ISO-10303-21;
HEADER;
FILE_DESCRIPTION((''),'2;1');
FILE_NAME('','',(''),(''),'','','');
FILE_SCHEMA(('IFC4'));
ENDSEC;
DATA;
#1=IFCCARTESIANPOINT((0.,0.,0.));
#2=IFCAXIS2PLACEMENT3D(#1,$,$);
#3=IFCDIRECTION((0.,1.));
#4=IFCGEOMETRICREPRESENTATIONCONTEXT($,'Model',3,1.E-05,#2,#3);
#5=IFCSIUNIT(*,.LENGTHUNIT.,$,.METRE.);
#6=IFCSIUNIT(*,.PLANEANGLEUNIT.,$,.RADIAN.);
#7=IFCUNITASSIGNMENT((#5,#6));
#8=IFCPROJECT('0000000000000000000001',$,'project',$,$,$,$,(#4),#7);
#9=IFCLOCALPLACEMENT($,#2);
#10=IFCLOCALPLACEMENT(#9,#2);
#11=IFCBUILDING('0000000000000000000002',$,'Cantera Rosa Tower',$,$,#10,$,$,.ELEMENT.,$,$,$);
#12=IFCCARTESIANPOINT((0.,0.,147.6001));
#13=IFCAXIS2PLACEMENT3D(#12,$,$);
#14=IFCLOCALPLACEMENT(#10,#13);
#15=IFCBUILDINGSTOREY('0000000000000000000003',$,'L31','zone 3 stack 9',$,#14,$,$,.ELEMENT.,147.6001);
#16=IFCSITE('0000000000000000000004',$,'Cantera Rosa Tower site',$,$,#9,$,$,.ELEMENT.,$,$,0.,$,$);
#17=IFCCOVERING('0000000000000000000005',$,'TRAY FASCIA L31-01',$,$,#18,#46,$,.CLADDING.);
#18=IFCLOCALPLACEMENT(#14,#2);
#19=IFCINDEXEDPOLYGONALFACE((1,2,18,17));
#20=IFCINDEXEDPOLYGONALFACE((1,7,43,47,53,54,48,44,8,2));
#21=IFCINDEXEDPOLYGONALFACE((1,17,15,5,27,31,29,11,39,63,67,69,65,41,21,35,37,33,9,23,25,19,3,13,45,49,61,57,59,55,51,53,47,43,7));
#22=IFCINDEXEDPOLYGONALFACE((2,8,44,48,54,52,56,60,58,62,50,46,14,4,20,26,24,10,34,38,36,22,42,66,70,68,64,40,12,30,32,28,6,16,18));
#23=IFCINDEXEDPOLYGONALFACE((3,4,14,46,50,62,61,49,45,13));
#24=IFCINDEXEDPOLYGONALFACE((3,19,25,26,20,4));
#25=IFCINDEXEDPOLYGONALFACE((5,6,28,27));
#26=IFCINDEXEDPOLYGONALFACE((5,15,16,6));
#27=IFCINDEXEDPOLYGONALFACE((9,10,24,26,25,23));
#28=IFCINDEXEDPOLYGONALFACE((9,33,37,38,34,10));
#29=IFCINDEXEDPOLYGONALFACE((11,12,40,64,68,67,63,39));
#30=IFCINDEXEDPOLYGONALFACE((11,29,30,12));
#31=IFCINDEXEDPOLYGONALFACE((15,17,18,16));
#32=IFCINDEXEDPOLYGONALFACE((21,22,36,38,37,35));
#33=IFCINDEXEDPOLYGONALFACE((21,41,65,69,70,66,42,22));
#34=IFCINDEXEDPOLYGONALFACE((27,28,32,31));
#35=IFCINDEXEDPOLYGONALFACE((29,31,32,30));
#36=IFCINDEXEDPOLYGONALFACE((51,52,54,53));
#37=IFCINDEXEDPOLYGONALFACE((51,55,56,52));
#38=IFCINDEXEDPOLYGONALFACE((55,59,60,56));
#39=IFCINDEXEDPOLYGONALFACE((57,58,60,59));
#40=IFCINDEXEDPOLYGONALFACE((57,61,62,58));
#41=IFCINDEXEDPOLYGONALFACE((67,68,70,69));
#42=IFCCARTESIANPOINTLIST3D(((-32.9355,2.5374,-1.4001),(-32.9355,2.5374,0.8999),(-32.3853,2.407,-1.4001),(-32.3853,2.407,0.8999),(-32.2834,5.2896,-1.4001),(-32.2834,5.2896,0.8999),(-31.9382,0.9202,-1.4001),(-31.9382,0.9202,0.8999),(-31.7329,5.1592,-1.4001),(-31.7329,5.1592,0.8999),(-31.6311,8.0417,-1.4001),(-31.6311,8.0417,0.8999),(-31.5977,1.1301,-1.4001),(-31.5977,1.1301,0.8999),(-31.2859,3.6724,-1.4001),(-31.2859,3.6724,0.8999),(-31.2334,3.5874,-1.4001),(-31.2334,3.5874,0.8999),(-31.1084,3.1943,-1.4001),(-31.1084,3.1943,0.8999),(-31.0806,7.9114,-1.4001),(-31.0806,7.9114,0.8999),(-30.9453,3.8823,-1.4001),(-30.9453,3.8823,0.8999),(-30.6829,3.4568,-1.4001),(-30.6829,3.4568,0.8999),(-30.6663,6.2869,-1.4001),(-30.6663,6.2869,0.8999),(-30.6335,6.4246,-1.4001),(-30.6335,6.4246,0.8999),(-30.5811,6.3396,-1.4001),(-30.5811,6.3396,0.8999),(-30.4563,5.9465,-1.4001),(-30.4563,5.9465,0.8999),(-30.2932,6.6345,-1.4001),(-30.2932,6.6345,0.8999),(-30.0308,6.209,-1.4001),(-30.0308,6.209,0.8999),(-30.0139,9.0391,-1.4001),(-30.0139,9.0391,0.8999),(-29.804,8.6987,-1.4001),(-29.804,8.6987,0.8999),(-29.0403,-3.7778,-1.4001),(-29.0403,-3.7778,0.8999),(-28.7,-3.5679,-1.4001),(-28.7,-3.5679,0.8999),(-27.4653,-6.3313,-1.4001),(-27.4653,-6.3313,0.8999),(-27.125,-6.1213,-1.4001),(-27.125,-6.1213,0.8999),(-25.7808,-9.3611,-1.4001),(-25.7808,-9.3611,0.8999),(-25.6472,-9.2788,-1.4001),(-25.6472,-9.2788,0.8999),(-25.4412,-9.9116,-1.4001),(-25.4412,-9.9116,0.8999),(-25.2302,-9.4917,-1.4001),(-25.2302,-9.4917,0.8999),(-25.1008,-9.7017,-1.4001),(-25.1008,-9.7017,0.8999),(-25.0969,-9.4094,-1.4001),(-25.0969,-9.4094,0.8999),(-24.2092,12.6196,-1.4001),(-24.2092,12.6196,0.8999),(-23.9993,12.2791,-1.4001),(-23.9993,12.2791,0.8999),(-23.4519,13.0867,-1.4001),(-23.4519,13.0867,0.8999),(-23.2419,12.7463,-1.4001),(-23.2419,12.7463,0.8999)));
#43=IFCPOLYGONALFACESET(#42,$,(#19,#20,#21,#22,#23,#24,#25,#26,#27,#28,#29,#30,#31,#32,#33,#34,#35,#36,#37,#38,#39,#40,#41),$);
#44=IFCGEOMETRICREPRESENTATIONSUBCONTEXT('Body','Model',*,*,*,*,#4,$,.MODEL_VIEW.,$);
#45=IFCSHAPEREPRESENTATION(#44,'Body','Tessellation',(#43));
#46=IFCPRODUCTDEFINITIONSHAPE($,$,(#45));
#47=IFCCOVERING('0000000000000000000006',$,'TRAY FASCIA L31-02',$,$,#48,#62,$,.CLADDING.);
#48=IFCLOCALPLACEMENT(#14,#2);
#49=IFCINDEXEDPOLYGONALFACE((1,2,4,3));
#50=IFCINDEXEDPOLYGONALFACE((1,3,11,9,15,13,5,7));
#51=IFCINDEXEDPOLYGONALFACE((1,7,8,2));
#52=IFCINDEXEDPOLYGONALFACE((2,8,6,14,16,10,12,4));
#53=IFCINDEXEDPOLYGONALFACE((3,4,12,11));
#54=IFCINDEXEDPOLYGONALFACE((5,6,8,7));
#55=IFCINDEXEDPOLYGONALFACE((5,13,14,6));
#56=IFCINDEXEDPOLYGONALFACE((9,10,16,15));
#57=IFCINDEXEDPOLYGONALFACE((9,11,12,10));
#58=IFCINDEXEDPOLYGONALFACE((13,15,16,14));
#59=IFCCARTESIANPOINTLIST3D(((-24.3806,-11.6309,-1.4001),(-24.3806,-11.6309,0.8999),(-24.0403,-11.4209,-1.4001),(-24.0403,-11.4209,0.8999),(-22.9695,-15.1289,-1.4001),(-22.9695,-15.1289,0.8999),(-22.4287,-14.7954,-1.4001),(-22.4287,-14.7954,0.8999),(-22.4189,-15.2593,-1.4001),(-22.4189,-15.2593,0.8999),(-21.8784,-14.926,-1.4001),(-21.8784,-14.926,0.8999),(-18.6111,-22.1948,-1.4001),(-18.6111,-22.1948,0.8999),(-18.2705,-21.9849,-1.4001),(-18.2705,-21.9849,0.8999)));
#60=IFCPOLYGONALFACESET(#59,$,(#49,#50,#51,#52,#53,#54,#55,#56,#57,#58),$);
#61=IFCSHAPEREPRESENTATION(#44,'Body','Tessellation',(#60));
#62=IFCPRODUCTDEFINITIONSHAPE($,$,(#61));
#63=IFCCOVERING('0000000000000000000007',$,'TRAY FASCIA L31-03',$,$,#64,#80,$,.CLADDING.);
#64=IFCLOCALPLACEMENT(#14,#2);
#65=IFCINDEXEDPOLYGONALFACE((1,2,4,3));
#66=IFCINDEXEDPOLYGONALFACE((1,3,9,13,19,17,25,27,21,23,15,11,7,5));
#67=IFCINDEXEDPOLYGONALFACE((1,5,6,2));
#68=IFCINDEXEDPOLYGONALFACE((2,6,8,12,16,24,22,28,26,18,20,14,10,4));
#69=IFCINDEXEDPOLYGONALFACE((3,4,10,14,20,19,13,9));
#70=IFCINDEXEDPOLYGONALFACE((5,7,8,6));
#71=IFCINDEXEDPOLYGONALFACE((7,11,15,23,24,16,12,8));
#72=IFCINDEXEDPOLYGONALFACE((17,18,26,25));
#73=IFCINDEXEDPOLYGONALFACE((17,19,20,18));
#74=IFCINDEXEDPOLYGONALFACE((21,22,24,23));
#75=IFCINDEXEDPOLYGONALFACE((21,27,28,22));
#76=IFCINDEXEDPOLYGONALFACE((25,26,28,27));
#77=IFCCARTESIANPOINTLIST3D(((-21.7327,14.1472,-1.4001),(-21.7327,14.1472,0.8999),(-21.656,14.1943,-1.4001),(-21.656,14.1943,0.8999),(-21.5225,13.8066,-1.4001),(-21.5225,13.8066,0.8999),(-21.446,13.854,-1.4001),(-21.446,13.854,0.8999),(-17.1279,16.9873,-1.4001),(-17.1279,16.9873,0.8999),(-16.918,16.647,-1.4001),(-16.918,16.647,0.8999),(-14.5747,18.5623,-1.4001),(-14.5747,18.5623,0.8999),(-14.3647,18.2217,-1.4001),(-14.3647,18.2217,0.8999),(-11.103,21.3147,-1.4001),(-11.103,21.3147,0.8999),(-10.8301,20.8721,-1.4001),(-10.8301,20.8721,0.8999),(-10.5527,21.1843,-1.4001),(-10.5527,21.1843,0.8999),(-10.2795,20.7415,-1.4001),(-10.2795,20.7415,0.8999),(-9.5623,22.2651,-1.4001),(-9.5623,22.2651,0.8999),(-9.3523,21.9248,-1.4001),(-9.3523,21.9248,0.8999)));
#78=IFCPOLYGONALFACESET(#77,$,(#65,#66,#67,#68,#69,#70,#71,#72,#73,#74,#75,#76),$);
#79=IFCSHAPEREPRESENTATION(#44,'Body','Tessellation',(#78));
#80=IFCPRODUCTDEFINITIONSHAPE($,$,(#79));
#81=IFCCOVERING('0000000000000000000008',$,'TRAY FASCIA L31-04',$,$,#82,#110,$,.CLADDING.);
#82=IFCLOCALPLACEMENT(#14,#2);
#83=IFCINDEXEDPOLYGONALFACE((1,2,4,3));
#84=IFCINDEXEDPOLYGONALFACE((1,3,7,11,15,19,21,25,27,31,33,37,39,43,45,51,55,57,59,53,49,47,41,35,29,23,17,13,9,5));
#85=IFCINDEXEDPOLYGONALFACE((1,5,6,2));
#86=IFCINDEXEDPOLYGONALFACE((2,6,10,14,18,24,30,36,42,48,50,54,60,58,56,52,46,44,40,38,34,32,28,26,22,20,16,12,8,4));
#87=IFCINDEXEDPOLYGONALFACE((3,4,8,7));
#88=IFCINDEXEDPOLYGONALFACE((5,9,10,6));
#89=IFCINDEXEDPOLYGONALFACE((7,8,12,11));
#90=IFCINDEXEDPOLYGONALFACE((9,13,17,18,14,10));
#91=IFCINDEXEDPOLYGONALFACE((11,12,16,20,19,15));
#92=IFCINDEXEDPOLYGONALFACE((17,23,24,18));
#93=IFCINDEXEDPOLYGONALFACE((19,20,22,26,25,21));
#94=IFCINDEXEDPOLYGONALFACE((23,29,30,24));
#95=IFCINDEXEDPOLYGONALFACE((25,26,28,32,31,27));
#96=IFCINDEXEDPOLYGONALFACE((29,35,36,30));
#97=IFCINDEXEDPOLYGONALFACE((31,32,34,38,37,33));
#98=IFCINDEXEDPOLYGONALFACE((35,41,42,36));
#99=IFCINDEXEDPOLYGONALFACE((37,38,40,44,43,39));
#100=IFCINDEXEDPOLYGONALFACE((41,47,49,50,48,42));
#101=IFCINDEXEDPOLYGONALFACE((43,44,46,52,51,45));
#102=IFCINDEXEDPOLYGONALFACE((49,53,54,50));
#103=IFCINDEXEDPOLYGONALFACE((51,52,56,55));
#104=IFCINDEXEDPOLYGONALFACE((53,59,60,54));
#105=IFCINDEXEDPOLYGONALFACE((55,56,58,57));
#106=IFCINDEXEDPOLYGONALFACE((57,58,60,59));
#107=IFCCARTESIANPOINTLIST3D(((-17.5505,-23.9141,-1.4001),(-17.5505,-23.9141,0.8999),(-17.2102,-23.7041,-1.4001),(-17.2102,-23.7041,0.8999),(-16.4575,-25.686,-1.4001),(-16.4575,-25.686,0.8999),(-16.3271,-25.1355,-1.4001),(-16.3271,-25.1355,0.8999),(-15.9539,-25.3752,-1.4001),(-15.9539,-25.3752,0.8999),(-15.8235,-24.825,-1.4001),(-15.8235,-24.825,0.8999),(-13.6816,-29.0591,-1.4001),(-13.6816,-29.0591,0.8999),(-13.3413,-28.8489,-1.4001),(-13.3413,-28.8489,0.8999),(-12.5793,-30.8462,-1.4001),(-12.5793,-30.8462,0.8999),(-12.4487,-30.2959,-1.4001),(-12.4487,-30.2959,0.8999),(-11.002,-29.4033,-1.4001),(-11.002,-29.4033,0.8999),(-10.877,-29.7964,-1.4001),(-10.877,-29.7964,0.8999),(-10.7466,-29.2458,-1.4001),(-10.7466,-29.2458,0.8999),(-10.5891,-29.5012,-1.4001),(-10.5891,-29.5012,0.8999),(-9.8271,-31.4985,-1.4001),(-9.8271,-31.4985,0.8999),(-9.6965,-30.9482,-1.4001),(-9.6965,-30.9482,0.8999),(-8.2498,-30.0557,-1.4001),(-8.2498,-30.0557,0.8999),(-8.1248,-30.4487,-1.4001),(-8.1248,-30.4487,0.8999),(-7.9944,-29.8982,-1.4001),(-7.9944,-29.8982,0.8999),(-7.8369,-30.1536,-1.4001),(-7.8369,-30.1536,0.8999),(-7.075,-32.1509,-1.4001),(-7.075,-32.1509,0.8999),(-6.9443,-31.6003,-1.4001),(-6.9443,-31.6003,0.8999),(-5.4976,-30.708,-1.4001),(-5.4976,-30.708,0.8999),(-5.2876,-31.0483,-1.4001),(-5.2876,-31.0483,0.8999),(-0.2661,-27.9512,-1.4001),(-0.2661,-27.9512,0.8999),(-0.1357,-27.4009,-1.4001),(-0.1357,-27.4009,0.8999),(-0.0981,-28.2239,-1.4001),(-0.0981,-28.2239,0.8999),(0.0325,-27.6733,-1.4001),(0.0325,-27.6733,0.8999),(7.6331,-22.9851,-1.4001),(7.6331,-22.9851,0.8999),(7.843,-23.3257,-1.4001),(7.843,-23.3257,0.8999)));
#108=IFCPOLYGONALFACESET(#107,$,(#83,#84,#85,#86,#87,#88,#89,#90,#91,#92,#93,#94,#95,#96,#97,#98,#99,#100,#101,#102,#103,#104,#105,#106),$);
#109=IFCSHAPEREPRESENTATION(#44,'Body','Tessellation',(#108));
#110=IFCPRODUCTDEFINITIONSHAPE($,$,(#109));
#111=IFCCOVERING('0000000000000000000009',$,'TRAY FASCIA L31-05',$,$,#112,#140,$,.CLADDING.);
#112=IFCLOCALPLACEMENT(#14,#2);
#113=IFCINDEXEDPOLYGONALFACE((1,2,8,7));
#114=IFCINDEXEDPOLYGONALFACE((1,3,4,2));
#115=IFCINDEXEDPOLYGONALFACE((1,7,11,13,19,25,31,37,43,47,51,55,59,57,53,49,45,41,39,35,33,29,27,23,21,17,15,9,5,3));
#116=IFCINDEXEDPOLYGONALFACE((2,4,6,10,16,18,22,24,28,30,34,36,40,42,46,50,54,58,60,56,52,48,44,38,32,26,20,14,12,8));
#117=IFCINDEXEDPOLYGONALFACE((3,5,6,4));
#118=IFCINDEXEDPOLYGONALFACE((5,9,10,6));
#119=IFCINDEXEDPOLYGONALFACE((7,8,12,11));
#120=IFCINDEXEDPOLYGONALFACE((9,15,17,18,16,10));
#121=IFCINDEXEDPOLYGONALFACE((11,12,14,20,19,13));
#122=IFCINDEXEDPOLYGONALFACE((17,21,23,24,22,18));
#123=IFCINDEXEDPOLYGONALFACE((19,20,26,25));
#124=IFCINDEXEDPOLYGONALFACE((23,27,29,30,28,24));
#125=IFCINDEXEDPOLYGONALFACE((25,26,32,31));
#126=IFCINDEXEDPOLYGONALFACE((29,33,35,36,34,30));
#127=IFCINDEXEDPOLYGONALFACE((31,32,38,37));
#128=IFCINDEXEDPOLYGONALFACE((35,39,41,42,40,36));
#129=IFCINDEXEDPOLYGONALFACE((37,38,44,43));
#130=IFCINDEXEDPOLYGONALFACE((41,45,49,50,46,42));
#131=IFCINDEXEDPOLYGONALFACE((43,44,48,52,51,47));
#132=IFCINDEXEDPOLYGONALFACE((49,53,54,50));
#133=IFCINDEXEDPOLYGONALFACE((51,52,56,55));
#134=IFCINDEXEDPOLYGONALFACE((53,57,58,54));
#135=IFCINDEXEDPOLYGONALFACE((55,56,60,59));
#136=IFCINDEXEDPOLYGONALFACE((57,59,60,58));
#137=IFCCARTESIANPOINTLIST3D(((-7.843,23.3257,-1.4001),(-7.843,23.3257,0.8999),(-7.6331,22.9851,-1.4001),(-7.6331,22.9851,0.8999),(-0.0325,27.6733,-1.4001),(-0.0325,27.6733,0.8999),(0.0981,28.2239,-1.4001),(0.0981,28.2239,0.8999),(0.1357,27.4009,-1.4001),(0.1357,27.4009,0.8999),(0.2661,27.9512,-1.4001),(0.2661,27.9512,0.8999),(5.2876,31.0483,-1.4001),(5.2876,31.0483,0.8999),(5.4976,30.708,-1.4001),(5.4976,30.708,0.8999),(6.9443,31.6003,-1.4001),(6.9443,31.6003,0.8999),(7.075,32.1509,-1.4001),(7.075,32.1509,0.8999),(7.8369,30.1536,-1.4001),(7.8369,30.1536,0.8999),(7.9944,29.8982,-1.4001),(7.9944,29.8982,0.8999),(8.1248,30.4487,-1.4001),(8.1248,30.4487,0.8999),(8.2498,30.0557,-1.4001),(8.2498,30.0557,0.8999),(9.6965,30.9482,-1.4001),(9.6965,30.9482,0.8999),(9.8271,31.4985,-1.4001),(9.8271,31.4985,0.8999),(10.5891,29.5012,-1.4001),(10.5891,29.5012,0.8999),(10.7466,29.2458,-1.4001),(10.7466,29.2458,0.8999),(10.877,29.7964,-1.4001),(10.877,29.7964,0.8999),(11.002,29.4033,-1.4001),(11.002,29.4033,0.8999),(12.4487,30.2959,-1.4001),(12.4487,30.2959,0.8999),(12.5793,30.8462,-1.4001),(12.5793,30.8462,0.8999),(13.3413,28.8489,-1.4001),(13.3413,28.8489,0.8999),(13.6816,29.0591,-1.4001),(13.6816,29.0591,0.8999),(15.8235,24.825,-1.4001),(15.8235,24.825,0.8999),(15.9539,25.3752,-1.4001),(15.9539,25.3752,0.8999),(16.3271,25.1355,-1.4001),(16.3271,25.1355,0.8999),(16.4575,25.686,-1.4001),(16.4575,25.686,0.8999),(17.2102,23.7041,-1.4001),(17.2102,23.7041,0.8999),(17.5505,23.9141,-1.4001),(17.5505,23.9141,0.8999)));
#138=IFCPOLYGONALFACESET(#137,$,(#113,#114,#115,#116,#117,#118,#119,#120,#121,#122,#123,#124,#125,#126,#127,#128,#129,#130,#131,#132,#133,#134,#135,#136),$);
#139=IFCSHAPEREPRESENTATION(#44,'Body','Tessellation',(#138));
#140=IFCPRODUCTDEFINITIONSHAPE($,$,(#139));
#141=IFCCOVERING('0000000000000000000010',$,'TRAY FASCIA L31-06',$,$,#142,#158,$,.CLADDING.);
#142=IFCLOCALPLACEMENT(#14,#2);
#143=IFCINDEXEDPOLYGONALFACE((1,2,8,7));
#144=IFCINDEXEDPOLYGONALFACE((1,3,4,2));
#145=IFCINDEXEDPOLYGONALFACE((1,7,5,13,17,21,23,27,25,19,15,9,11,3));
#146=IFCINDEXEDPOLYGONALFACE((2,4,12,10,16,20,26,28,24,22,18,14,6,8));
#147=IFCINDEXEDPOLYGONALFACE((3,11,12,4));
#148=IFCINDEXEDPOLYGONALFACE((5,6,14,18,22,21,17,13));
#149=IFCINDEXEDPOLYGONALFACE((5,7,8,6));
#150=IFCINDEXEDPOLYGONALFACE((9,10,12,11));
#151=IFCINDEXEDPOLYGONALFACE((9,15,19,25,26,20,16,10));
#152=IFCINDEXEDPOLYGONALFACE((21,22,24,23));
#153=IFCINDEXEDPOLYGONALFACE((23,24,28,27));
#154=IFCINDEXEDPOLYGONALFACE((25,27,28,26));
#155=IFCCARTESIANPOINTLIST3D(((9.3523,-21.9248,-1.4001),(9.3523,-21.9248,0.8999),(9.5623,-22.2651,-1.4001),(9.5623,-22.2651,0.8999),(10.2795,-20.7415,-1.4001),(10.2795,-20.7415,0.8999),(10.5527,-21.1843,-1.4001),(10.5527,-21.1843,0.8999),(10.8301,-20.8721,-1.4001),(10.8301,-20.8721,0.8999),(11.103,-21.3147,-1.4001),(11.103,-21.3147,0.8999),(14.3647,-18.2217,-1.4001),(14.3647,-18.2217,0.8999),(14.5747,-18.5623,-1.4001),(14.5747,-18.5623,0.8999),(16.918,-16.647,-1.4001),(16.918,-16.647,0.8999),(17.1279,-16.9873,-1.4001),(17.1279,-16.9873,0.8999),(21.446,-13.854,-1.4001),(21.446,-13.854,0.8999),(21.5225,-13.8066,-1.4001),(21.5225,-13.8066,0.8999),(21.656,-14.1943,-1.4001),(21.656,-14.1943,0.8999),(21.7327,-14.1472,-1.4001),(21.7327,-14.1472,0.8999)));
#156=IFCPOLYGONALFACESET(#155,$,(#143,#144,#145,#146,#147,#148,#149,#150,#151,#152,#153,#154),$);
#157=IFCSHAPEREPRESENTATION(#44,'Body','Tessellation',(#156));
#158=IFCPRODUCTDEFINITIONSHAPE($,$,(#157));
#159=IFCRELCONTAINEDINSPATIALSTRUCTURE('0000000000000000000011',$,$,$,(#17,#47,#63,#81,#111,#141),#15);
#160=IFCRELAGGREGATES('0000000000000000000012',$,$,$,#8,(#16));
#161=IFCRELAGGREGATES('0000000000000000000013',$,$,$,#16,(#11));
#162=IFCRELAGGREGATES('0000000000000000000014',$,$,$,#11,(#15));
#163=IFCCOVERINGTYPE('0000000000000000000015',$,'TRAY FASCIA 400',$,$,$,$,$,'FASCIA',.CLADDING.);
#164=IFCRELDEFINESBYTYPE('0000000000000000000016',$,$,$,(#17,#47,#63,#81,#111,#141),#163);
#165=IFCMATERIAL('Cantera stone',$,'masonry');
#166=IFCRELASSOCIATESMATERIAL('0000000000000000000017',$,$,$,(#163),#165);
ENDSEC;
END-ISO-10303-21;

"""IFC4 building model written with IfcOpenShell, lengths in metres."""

from ifc_helpers import new_model, si_unit, direction, frame, origin, place, context, subcontext, project, spatial, polyline, outline, extrude, material, type_object, element, save


model = new_model("IFC4")

# Units and contexts
model_context = context("Model", 3, precision=1e-05, world=origin(), true_north=direction((0.0, 1.0)))
body_context = subcontext(model_context, "Body", "Model", "MODEL_VIEW")
ifc_project = project(units=[si_unit("LENGTHUNIT", "METRE"), si_unit("PLANEANGLEUNIT", "RADIAN")], contexts=[model_context])

# Site, building, storey
site_placement = place(None, origin())
site = spatial("IfcSite", under=ifc_project, at=site_placement, Name="Cantera Rosa Tower site", CompositionType="ELEMENT", RefElevation=0.0)
building_placement = place(site_placement, origin())
building = spatial("IfcBuilding", under=site, at=building_placement, Name="Cantera Rosa Tower", CompositionType="ELEMENT")
storey_placement = place(building_placement, frame((0.0, 0.0, 147.6001)))
storey = spatial("IfcBuildingStorey", under=building, at=storey_placement, Name="L31", Description="zone 3 stack 9", CompositionType="ELEMENT", Elevation=147.6001)

# Coverings
ifc_material_1 = material(Name="Cantera stone", Category="masonry")
covering_type_1 = type_object("IfcCoveringType", Name="TRAY FASCIA 400", ElementType="FASCIA", PredefinedType="CLADDING", material=ifc_material_1)
covering_1_placement = place(storey_placement, frame((0.0, 0.0, -1.4001)))
element("IfcCovering", 1, at=covering_1_placement, inside=storey, type_object=covering_type_1, Name="TRAY FASCIA L31-01", PredefinedType="CLADDING", context=body_context, shape_type="SweptSolid", body=[
    extrude(outline(polyline([(-29.0403, -3.7778), (-31.9382, 0.9202), (-32.9355, 2.5374), (-31.2334, 3.5874), (-31.2859, 3.6724), (-32.2834, 5.2896), (-30.6663, 6.2869), (-30.5811, 6.3396), (-30.6335, 6.4246), (-31.6311, 8.0417), (-30.0139, 9.0391), (-24.2092, 12.6196), (-23.4519, 13.0867), (-23.2419, 12.7463), (-23.9993, 12.2791), (-29.804, 8.6987), (-31.0806, 7.9114), (-30.2932, 6.6345), (-30.0308, 6.209), (-30.4563, 5.9465), (-31.7329, 5.1592), (-30.9453, 3.8823), (-30.6829, 3.4568), (-31.1084, 3.1943), (-32.3853, 2.407), (-31.5977, 1.1301), (-28.7, -3.5679), (-27.125, -6.1213), (-25.0969, -9.4094), (-25.2302, -9.4917), (-25.1008, -9.7017), (-25.4412, -9.9116), (-25.7808, -9.3611), (-25.6472, -9.2788), (-27.4653, -6.3313), (-29.0403, -3.7778)])), origin(), (0.0, 0.0, 1.0), 2.3),
])
covering_2_placement = place(storey_placement, frame((0.0, 0.0, -1.4001)))
element("IfcCovering", 2, at=covering_2_placement, inside=storey, type_object=covering_type_1, Name="TRAY FASCIA L31-02", PredefinedType="CLADDING", context=body_context, shape_type="SweptSolid", body=[
    extrude(outline(polyline([(-22.9695, -15.1289), (-22.4287, -14.7954), (-24.3806, -11.6309), (-24.0403, -11.4209), (-21.8784, -14.926), (-22.4189, -15.2593), (-18.2705, -21.9849), (-18.6111, -22.1948), (-22.9695, -15.1289)])), origin(), (0.0, 0.0, 1.0), 2.3),
])
covering_3_placement = place(storey_placement, frame((0.0, 0.0, -1.4001)))
element("IfcCovering", 3, at=covering_3_placement, inside=storey, type_object=covering_type_1, Name="TRAY FASCIA L31-03", PredefinedType="CLADDING", context=body_context, shape_type="SweptSolid", body=[
    extrude(outline(polyline([(-21.656, 14.1943), (-17.1279, 16.9873), (-14.5747, 18.5623), (-10.8301, 20.8721), (-11.103, 21.3147), (-9.5623, 22.2651), (-9.3523, 21.9248), (-10.5527, 21.1843), (-10.2795, 20.7415), (-14.3647, 18.2217), (-16.918, 16.647), (-21.446, 13.854), (-21.5225, 13.8066), (-21.7327, 14.1472), (-21.656, 14.1943)])), origin(), (0.0, 0.0, 1.0), 2.3),
])
covering_4_placement = place(storey_placement, frame((0.0, 0.0, -1.4001)))
element("IfcCovering", 4, at=covering_4_placement, inside=storey, type_object=covering_type_1, Name="TRAY FASCIA L31-04", PredefinedType="CLADDING", context=body_context, shape_type="SweptSolid", body=[
    extrude(outline(polyline([(-0.0981, -28.2239), (-0.2661, -27.9512), (-5.2876, -31.0483), (-7.075, -32.1509), (-8.1248, -30.4487), (-9.8271, -31.4985), (-10.877, -29.7964), (-12.5793, -30.8462), (-13.6816, -29.0591), (-15.9539, -25.3752), (-16.4575, -25.686), (-17.5505, -23.9141), (-17.2102, -23.7041), (-16.3271, -25.1355), (-15.8235, -24.825), (-13.3413, -28.8489), (-12.4487, -30.2959), (-11.002, -29.4033), (-10.7466, -29.2458), (-10.5891, -29.5012), (-9.6965, -30.9482), (-8.2498, -30.0557), (-7.9944, -29.8982), (-7.8369, -30.1536), (-6.9443, -31.6003), (-5.4976, -30.708), (-0.1357, -27.4009), (0.0325, -27.6733), (7.6331, -22.9851), (7.843, -23.3257), (-0.0981, -28.2239)])), origin(), (0.0, 0.0, 1.0), 2.3),
])
covering_5_placement = place(storey_placement, frame((0.0, 0.0, -1.4001)))
element("IfcCovering", 5, at=covering_5_placement, inside=storey, type_object=covering_type_1, Name="TRAY FASCIA L31-05", PredefinedType="CLADDING", context=body_context, shape_type="SweptSolid", body=[
    extrude(outline(polyline([(0.0981, 28.2239), (0.2661, 27.9512), (5.2876, 31.0483), (7.075, 32.1509), (8.1248, 30.4487), (9.8271, 31.4985), (10.877, 29.7964), (12.5793, 30.8462), (13.6816, 29.0591), (15.9539, 25.3752), (16.4575, 25.686), (17.5505, 23.9141), (17.2102, 23.7041), (16.3271, 25.1355), (15.8235, 24.825), (13.3413, 28.8489), (12.4487, 30.2959), (11.002, 29.4033), (10.7466, 29.2458), (10.5891, 29.5012), (9.6965, 30.9482), (8.2498, 30.0557), (7.9944, 29.8982), (7.8369, 30.1536), (6.9443, 31.6003), (5.4976, 30.708), (0.1357, 27.4009), (-0.0325, 27.6733), (-7.6331, 22.9851), (-7.843, 23.3257), (0.0981, 28.2239)])), origin(), (0.0, 0.0, 1.0), 2.3),
])
covering_6_placement = place(storey_placement, frame((0.0, 0.0, -1.4001)))
element("IfcCovering", 6, at=covering_6_placement, inside=storey, type_object=covering_type_1, Name="TRAY FASCIA L31-06", PredefinedType="CLADDING", context=body_context, shape_type="SweptSolid", body=[
    extrude(outline(polyline([(21.656, -14.1943), (17.1279, -16.9873), (14.5747, -18.5623), (10.8301, -20.8721), (11.103, -21.3147), (9.5623, -22.2651), (9.3523, -21.9248), (10.5527, -21.1843), (10.2795, -20.7415), (14.3647, -18.2217), (16.918, -16.647), (21.446, -13.854), (21.5225, -13.8066), (21.7327, -14.1472), (21.656, -14.1943)])), origin(), (0.0, 0.0, 1.0), 2.3),
])

save(model, "model.ifc")
